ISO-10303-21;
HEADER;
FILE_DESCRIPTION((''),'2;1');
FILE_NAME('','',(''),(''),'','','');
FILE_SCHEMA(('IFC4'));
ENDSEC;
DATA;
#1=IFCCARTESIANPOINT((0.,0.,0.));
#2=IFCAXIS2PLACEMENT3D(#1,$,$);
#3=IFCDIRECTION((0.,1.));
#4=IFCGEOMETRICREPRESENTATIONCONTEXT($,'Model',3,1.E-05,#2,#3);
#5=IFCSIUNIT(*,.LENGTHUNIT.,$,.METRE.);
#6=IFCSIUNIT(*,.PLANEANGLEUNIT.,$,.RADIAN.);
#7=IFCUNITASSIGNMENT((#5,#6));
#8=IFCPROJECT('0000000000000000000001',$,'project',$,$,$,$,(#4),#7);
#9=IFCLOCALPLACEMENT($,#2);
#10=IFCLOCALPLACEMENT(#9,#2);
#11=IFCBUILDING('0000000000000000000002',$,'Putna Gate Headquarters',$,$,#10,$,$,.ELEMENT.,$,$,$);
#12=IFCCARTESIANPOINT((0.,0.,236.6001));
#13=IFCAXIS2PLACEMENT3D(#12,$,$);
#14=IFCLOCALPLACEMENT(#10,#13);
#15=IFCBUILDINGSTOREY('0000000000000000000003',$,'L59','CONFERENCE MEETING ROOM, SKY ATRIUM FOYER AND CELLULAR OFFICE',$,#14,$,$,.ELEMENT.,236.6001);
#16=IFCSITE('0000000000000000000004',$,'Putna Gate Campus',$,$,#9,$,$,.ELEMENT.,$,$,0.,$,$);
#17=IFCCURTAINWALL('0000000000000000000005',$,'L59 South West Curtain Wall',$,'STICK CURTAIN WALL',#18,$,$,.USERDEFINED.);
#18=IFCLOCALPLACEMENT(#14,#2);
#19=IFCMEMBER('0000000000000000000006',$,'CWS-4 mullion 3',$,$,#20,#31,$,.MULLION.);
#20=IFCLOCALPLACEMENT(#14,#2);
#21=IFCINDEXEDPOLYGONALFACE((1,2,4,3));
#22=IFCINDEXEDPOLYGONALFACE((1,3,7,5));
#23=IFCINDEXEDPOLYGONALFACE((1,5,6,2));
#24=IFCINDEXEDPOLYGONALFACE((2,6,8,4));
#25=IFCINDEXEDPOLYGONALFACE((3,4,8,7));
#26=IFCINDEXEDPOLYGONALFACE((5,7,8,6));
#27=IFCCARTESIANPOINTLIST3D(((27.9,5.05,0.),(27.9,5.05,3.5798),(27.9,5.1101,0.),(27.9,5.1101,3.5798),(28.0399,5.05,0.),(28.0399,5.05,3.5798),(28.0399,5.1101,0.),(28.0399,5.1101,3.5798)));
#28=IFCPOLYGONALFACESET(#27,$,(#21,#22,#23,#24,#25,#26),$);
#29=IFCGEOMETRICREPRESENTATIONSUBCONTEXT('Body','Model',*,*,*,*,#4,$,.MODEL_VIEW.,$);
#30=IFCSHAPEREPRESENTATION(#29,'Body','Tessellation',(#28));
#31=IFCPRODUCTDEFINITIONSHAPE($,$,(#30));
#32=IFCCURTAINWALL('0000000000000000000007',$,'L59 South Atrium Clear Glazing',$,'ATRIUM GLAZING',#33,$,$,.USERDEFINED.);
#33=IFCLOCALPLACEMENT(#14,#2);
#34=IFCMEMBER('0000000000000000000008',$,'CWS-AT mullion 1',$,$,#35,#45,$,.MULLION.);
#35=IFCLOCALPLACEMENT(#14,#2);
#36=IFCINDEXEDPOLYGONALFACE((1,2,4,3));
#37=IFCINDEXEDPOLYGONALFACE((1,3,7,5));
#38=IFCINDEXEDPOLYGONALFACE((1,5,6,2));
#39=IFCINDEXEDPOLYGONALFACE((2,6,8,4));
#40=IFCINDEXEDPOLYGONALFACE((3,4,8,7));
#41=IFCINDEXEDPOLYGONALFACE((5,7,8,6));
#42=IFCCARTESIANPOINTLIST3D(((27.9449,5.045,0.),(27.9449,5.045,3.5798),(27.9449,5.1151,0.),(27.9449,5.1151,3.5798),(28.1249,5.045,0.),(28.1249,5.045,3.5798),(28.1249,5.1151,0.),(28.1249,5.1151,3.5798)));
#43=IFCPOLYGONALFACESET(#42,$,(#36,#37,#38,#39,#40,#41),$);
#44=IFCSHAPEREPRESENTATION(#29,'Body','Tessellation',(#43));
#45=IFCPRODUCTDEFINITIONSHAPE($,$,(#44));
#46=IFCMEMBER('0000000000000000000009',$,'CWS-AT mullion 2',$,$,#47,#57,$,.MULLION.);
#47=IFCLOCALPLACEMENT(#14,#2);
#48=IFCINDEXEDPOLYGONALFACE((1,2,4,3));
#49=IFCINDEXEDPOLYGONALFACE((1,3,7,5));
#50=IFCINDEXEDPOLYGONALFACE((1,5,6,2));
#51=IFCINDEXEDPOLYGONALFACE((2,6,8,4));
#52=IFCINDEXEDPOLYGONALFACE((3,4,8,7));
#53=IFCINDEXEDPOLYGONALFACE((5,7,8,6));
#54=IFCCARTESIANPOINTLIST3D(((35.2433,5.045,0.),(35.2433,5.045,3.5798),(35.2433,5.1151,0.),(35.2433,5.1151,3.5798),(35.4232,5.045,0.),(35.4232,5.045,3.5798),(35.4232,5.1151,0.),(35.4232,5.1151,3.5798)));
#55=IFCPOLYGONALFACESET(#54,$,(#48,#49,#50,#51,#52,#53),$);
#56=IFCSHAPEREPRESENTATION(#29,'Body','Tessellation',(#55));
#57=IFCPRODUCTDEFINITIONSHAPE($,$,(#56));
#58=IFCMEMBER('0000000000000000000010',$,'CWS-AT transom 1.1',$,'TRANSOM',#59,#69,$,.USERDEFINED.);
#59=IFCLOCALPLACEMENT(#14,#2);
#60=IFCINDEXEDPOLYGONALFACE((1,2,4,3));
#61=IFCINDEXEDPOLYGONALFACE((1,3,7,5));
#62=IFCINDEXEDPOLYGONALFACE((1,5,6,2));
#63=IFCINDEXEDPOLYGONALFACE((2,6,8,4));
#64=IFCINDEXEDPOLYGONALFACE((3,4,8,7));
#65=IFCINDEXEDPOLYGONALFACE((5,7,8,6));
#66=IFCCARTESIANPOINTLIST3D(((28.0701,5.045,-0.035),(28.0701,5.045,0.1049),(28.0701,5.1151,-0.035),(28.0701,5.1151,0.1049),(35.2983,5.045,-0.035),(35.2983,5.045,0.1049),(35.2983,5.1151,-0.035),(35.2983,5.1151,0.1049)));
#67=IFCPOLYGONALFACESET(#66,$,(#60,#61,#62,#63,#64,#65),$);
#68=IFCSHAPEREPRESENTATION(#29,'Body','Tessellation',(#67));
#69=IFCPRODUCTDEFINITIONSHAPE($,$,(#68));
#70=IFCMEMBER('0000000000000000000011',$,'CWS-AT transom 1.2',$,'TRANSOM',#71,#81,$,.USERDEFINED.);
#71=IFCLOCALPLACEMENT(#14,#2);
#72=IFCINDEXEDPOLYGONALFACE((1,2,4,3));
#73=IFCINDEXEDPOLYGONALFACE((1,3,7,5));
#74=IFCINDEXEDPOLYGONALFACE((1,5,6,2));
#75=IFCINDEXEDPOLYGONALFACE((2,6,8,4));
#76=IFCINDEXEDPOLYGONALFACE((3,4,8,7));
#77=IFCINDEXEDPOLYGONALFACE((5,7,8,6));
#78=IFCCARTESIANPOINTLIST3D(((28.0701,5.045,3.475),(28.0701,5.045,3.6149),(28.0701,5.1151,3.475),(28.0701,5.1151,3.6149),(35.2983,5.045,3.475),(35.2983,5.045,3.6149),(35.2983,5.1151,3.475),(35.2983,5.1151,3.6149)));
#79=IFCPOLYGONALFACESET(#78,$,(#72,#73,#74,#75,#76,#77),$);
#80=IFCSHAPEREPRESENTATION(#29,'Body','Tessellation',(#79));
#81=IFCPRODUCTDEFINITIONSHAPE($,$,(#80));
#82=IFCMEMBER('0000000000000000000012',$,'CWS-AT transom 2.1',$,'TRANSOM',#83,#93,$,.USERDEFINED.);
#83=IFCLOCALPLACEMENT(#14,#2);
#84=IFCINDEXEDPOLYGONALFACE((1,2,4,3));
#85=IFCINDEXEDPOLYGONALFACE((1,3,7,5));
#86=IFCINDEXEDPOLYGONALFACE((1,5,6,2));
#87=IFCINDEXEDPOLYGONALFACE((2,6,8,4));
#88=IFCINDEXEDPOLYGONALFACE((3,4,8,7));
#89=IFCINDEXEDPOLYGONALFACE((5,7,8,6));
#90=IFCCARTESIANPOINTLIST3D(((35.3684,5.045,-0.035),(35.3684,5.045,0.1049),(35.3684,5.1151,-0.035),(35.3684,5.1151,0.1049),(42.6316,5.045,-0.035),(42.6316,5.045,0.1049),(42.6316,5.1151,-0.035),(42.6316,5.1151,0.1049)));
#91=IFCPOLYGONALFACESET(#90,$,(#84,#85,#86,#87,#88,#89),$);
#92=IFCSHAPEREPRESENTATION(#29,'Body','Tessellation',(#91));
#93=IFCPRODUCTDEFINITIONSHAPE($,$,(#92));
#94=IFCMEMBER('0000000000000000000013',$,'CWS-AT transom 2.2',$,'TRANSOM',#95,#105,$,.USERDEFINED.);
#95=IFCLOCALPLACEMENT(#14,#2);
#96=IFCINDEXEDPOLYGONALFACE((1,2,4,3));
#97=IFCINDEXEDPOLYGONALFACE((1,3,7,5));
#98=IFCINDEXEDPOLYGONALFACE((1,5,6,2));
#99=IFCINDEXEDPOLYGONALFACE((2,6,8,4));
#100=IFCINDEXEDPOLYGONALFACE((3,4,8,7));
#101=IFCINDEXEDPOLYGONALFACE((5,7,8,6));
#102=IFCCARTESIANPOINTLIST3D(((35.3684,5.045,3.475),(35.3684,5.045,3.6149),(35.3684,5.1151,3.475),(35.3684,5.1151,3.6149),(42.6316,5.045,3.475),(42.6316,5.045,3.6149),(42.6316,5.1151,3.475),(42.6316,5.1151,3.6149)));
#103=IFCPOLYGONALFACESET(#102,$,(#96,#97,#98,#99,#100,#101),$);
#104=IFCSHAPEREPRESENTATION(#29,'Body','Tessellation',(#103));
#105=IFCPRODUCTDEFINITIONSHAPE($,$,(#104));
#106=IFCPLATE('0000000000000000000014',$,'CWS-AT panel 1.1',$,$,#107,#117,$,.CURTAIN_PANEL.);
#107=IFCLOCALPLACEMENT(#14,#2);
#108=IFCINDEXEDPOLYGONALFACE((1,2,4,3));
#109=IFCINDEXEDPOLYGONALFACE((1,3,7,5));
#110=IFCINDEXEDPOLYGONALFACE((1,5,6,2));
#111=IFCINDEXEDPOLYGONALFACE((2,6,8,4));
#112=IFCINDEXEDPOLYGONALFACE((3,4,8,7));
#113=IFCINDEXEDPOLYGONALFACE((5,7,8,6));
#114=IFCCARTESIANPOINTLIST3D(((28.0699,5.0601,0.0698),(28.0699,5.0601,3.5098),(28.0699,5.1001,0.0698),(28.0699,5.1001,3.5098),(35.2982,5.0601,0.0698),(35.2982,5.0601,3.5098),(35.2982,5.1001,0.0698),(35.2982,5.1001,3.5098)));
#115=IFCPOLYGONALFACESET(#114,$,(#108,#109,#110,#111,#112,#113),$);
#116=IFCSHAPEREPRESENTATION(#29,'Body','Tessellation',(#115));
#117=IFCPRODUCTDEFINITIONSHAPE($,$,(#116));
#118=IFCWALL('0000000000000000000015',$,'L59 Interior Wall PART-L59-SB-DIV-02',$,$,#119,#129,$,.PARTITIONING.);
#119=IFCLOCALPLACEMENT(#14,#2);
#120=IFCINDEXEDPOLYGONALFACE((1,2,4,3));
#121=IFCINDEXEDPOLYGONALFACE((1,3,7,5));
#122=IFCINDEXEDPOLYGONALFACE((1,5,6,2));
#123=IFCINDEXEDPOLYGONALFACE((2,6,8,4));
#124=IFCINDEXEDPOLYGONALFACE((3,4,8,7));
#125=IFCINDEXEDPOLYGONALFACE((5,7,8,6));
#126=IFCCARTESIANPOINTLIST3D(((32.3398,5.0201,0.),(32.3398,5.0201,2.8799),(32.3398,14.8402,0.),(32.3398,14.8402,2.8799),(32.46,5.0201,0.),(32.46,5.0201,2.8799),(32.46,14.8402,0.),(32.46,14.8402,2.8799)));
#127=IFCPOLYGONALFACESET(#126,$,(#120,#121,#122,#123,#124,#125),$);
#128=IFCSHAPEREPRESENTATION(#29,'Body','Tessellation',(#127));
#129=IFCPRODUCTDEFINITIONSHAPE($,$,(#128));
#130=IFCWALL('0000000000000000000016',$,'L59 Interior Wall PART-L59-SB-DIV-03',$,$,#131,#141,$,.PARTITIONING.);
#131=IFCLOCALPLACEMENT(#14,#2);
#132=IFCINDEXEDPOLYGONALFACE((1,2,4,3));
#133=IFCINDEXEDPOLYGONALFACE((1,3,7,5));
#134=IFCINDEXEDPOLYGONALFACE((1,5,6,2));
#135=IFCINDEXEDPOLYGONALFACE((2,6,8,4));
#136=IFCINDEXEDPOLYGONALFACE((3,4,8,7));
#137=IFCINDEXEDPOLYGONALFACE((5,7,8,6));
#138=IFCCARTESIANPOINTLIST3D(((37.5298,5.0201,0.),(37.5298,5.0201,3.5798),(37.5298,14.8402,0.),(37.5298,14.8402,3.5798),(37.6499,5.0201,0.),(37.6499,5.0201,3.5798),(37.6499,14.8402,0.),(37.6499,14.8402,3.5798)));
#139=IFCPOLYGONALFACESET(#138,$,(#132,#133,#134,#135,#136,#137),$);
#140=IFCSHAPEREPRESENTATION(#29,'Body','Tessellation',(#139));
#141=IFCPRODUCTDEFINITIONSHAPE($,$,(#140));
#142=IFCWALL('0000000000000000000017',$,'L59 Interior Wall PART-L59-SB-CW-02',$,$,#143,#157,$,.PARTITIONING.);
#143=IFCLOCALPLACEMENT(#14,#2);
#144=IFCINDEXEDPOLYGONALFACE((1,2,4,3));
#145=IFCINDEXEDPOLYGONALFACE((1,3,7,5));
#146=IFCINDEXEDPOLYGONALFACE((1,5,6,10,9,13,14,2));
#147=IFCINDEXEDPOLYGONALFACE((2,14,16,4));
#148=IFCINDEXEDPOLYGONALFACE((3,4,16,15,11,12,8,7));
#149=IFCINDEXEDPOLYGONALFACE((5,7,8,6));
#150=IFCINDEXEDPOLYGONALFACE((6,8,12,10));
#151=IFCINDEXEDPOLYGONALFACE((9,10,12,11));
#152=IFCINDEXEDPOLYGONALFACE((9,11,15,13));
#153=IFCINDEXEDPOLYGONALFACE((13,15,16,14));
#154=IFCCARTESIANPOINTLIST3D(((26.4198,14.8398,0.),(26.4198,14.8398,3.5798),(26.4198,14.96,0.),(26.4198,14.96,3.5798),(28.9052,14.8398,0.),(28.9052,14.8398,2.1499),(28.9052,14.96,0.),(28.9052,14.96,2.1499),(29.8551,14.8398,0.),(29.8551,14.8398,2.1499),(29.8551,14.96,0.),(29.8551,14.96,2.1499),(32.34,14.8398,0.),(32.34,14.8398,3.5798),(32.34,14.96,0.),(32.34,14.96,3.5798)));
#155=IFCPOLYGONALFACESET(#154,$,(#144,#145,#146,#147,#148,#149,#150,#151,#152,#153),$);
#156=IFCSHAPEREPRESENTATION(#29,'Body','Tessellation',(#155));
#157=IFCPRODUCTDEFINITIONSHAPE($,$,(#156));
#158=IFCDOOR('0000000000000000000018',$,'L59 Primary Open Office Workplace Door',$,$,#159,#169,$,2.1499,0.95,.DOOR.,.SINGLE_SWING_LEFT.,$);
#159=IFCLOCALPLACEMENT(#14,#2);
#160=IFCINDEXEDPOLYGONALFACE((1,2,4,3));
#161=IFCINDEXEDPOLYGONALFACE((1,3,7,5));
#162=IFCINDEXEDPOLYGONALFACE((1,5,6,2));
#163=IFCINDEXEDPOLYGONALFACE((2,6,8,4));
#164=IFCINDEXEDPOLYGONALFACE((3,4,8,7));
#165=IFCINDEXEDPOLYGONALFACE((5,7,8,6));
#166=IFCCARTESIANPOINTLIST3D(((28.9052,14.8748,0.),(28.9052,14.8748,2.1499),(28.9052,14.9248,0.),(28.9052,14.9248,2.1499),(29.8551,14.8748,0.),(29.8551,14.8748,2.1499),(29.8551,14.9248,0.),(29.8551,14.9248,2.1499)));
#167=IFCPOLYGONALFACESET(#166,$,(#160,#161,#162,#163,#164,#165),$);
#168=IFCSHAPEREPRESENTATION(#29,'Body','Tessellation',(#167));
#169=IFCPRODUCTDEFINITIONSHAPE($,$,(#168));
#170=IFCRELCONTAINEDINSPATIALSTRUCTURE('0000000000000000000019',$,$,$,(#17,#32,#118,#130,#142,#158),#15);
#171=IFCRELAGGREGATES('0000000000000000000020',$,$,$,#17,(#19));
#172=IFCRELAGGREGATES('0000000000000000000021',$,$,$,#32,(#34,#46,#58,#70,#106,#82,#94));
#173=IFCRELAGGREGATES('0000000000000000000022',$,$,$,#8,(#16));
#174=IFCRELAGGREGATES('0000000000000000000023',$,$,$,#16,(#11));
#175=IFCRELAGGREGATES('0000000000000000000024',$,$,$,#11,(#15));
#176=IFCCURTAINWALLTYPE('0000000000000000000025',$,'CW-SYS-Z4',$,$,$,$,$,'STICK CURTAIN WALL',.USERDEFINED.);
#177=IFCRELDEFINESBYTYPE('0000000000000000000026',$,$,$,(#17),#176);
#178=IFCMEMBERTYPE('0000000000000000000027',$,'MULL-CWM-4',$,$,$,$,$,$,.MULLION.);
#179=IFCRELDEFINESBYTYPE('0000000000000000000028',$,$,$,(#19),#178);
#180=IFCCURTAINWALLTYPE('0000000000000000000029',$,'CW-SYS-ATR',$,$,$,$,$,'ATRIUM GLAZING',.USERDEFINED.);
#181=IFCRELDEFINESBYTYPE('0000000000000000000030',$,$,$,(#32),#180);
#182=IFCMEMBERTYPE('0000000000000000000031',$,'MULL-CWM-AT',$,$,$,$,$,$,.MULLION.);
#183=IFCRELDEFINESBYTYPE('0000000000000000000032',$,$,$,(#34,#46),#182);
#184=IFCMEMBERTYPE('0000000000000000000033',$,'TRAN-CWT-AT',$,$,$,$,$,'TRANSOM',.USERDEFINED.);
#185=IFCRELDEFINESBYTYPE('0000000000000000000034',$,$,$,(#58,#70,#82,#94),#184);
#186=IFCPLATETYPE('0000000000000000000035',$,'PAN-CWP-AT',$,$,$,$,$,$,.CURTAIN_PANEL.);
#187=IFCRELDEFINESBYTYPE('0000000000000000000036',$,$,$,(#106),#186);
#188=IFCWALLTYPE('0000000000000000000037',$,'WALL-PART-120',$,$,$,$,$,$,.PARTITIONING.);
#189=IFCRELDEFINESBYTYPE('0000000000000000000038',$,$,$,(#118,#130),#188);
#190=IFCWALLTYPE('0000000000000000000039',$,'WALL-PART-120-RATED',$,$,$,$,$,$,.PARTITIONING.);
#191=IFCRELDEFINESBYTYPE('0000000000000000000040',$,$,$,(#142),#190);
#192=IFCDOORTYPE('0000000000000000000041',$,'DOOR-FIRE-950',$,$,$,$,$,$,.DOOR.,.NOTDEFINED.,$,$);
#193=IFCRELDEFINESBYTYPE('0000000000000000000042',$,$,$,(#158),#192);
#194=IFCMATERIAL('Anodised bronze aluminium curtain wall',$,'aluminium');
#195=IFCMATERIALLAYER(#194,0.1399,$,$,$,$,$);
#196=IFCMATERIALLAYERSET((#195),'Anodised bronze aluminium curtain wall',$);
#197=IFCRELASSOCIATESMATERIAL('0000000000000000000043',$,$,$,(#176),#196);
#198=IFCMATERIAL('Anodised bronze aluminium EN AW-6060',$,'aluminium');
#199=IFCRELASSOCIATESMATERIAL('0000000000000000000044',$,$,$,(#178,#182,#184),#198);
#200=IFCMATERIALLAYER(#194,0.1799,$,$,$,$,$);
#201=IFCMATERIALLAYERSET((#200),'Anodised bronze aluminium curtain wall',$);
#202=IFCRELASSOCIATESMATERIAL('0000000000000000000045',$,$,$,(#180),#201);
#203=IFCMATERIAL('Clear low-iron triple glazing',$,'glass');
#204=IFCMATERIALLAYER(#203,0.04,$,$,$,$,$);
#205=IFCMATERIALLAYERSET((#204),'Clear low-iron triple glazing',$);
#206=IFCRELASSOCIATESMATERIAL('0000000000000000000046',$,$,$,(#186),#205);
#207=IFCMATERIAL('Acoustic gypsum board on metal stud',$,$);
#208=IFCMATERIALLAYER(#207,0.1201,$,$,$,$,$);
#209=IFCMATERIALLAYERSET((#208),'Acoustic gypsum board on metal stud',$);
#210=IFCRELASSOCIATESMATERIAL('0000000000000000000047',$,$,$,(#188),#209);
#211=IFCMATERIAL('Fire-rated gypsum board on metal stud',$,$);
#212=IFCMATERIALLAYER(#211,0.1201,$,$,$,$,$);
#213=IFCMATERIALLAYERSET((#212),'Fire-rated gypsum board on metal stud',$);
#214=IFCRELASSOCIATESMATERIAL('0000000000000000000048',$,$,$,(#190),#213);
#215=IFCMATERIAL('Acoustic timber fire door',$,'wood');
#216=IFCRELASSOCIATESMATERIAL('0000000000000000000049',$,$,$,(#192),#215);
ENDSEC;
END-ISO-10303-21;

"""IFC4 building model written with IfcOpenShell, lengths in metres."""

from ifc_helpers import new_model, si_unit, direction, frame, frame_2d, origin, origin_2d, place, context, subcontext, project, spatial, rectangle, extrude, material, layer, layer_set, material_profile, profile_set, type_object, element, fill, aggregate, save


model = new_model("IFC4")

# Units and contexts
model_context = context("Model", 3, precision=1e-05, world=origin(), true_north=direction((0.0, 1.0)))
body_context = subcontext(model_context, "Body", "Model", "MODEL_VIEW")
ifc_project = project(units=[si_unit("LENGTHUNIT", "METRE"), si_unit("PLANEANGLEUNIT", "RADIAN")], contexts=[model_context])

# Site, building, storey
site_placement = place(None, origin())
site = spatial("IfcSite", under=ifc_project, at=site_placement, Name="Putna Gate Campus", CompositionType="ELEMENT", RefElevation=0.0)
building_placement = place(site_placement, origin())
building = spatial("IfcBuilding", under=site, at=building_placement, Name="Putna Gate Headquarters", CompositionType="ELEMENT")
storey_placement = place(building_placement, frame((0.0, 0.0, 236.6001)))
storey = spatial("IfcBuildingStorey", under=building, at=storey_placement, Name="L59", Description="CONFERENCE MEETING ROOM, SKY ATRIUM FOYER AND CELLULAR OFFICE", CompositionType="ELEMENT", Elevation=236.6001)

# Curtain wall, member
ifc_material_1 = material(Name="Anodised bronze aluminium curtain wall", Category="aluminium")
ifc_layer_1 = layer(ifc_material_1, 0.1399)
ifc_layer_set_1 = layer_set([ifc_layer_1], Name="Anodised bronze aluminium curtain wall")
curtain_wall_type_1 = type_object("IfcCurtainWallType", Name="CW-SYS-Z4", ElementType="STICK CURTAIN WALL", PredefinedType="USERDEFINED", material=ifc_layer_set_1)
curtain_wall_1_placement = place(storey_placement, origin())
curtain_wall_1 = element("IfcCurtainWall", 1, at=curtain_wall_1_placement, inside=storey, type_object=curtain_wall_type_1, Name="L59 South West Curtain Wall", ObjectType="STICK CURTAIN WALL", PredefinedType="USERDEFINED")
ifc_material_2 = material(Name="Anodised bronze aluminium EN AW-6060", Category="aluminium")
ifc_material_profile_1 = material_profile(ifc_material_2, rectangle(XDim=0.0601, YDim=0.1399, at=origin_2d()), Name="Anodised bronze aluminium EN AW-6060")
ifc_profile_set_1 = profile_set([ifc_material_profile_1], Name="Anodised bronze aluminium EN AW-6060")
member_type_1 = type_object("IfcMemberType", Name="MULL-CWM-4", PredefinedType="MULLION", material=ifc_profile_set_1)
member_1_placement = place(storey_placement, frame((27.97, 5.0801, 0.0), z_axis=(0.0, 0.0, 1.0), x_axis=(0.0, 1.0, 0.0)))
member_1 = element("IfcMember", 2, at=member_1_placement, type_object=member_type_1, Name="CWS-4 mullion 3", PredefinedType="MULLION", context=body_context, shape_type="SweptSolid", body=[
    extrude(rectangle(XDim=0.0601, YDim=0.1399, at=origin_2d()), origin(), (0.0, 0.0, 1.0), 3.5798),
])
aggregate(curtain_wall_1, [member_1])

# Curtain wall, members, plate
ifc_layer_2 = layer(ifc_material_1, 0.1799)
ifc_layer_set_2 = layer_set([ifc_layer_2], Name="Anodised bronze aluminium curtain wall")
curtain_wall_type_2 = type_object("IfcCurtainWallType", Name="CW-SYS-ATR", ElementType="ATRIUM GLAZING", PredefinedType="USERDEFINED", material=ifc_layer_set_2)
curtain_wall_2_placement = place(storey_placement, origin())
curtain_wall_2 = element("IfcCurtainWall", 3, at=curtain_wall_2_placement, inside=storey, type_object=curtain_wall_type_2, Name="L59 South Atrium Clear Glazing", ObjectType="ATRIUM GLAZING", PredefinedType="USERDEFINED")
ifc_material_profile_2 = material_profile(ifc_material_2, rectangle(XDim=0.0701, YDim=0.1799, at=origin_2d()), Name="Anodised bronze aluminium EN AW-6060")
ifc_profile_set_2 = profile_set([ifc_material_profile_2], Name="Anodised bronze aluminium EN AW-6060")
member_type_2 = type_object("IfcMemberType", Name="MULL-CWM-AT", PredefinedType="MULLION", material=ifc_profile_set_2)
member_2_placement = place(storey_placement, frame((28.0349, 5.0801, 0.0), z_axis=(0.0, 0.0, 1.0), x_axis=(0.0, 1.0, 0.0)))
member_2 = element("IfcMember", 4, at=member_2_placement, type_object=member_type_2, Name="CWS-AT mullion 1", PredefinedType="MULLION", context=body_context, shape_type="SweptSolid", body=[
    extrude(rectangle(XDim=0.0701, YDim=0.1799, at=origin_2d()), origin(), (0.0, 0.0, 1.0), 3.5798),
])
member_3_placement = place(storey_placement, frame((35.3333, 5.0801, 0.0), z_axis=(0.0, 0.0, 1.0), x_axis=(0.0, 1.0, 0.0)))
member_3 = element("IfcMember", 5, at=member_3_placement, type_object=member_type_2, Name="CWS-AT mullion 2", PredefinedType="MULLION", context=body_context, shape_type="SweptSolid", body=[
    extrude(rectangle(XDim=0.0701, YDim=0.1799, at=origin_2d()), origin(), (0.0, 0.0, 1.0), 3.5798),
])
ifc_material_profile_3 = material_profile(ifc_material_2, rectangle(XDim=0.0701, YDim=0.1399, at=origin_2d()), Name="Anodised bronze aluminium EN AW-6060")
ifc_profile_set_3 = profile_set([ifc_material_profile_3], Name="Anodised bronze aluminium EN AW-6060")
member_type_3 = type_object("IfcMemberType", Name="TRAN-CWT-AT", ElementType="TRANSOM", PredefinedType="USERDEFINED", material=ifc_profile_set_3)
member_4_placement = place(storey_placement, frame((28.0701, 5.0801, 0.0349), z_axis=(1.0, 0.0, 0.0), x_axis=(0.0, 1.0, 0.0)))
member_4 = element("IfcMember", 6, at=member_4_placement, type_object=member_type_3, Name="CWS-AT transom 1.1", ObjectType="TRANSOM", PredefinedType="USERDEFINED", context=body_context, shape_type="SweptSolid", body=[
    extrude(rectangle(XDim=0.0701, YDim=0.1399, at=origin_2d()), origin(), (0.0, 0.0, 1.0), 7.2283),
])
member_5_placement = place(storey_placement, frame((28.0701, 5.0801, 3.5449), z_axis=(1.0, 0.0, 0.0), x_axis=(0.0, 1.0, 0.0)))
member_5 = element("IfcMember", 7, at=member_5_placement, type_object=member_type_3, Name="CWS-AT transom 1.2", ObjectType="TRANSOM", PredefinedType="USERDEFINED", context=body_context, shape_type="SweptSolid", body=[
    extrude(rectangle(XDim=0.0701, YDim=0.1399, at=origin_2d()), origin(), (0.0, 0.0, 1.0), 7.2283),
])
member_6_placement = place(storey_placement, frame((35.3684, 5.0801, 0.0349), z_axis=(1.0, 0.0, 0.0), x_axis=(0.0, 1.0, 0.0)))
member_6 = element("IfcMember", 8, at=member_6_placement, type_object=member_type_3, Name="CWS-AT transom 2.1", ObjectType="TRANSOM", PredefinedType="USERDEFINED", context=body_context, shape_type="SweptSolid", body=[
    extrude(rectangle(XDim=0.0701, YDim=0.1399, at=origin_2d()), origin(), (0.0, 0.0, 1.0), 7.2632),
])
member_7_placement = place(storey_placement, frame((35.3684, 5.0801, 3.5449), z_axis=(1.0, 0.0, 0.0), x_axis=(0.0, 1.0, 0.0)))
member_7 = element("IfcMember", 9, at=member_7_placement, type_object=member_type_3, Name="CWS-AT transom 2.2", ObjectType="TRANSOM", PredefinedType="USERDEFINED", context=body_context, shape_type="SweptSolid", body=[
    extrude(rectangle(XDim=0.0701, YDim=0.1399, at=origin_2d()), origin(), (0.0, 0.0, 1.0), 7.2632),
])
ifc_material_3 = material(Name="Clear low-iron triple glazing", Category="glass")
ifc_layer_3 = layer(ifc_material_3, 0.04)
ifc_layer_set_3 = layer_set([ifc_layer_3], Name="Clear low-iron triple glazing")
plate_type = type_object("IfcPlateType", Name="PAN-CWP-AT", PredefinedType="CURTAIN_PANEL", material=ifc_layer_set_3)
plate_placement = place(storey_placement, frame((31.6841, 5.0801, 0.0698), z_axis=(0.0, 0.0, 1.0), x_axis=(1.0, 0.0, 0.0)))
plate = element("IfcPlate", 10, at=plate_placement, type_object=plate_type, Name="CWS-AT panel 1.1", PredefinedType="CURTAIN_PANEL", context=body_context, shape_type="SweptSolid", body=[
    extrude(rectangle(XDim=7.2283, YDim=0.04, at=origin_2d()), origin(), (0.0, 0.0, 1.0), 3.4399),
])
aggregate(curtain_wall_2, [member_2, member_3, member_4, member_5, plate, member_6, member_7])

# Walls
ifc_material_4 = material(Name="Acoustic gypsum board on metal stud")
ifc_layer_4 = layer(ifc_material_4, 0.1201)
ifc_layer_set_4 = layer_set([ifc_layer_4], Name="Acoustic gypsum board on metal stud")
wall_type_1 = type_object("IfcWallType", Name="WALL-PART-120", PredefinedType="PARTITIONING", material=ifc_layer_set_4)
wall_1_placement = place(storey_placement, frame((32.3999, 5.02, 0.0), z_axis=(0.0, 0.0, 1.0), x_axis=(0.0, 1.0, 0.0)))
element("IfcWall", 11, at=wall_1_placement, inside=storey, type_object=wall_type_1, Name="L59 Interior Wall PART-L59-SB-DIV-02", PredefinedType="PARTITIONING", context=body_context, shape_type="SweptSolid", body=[
    extrude(rectangle(XDim=9.8201, YDim=0.1201, at=frame_2d((4.9102, 0.0))), origin(), (0.0, 0.0, 1.0), 2.8799),
])
wall_2_placement = place(storey_placement, frame((37.5898, 5.02, 0.0), z_axis=(0.0, 0.0, 1.0), x_axis=(0.0, 1.0, 0.0)))
element("IfcWall", 12, at=wall_2_placement, inside=storey, type_object=wall_type_1, Name="L59 Interior Wall PART-L59-SB-DIV-03", PredefinedType="PARTITIONING", context=body_context, shape_type="SweptSolid", body=[
    extrude(rectangle(XDim=9.8201, YDim=0.1201, at=frame_2d((4.9102, 0.0))), origin(), (0.0, 0.0, 1.0), 3.5798),
])

# Wall, opening, door
ifc_material_5 = material(Name="Fire-rated gypsum board on metal stud")
ifc_layer_5 = layer(ifc_material_5, 0.1201)
ifc_layer_set_5 = layer_set([ifc_layer_5], Name="Fire-rated gypsum board on metal stud")
wall_type_2 = type_object("IfcWallType", Name="WALL-PART-120-RATED", PredefinedType="PARTITIONING", material=ifc_layer_set_5)
wall_3_placement = place(storey_placement, frame((26.4199, 14.8999, 0.0), z_axis=(0.0, 0.0, 1.0), x_axis=(1.0, 0.0, 0.0)))
wall_3 = element("IfcWall", 13, at=wall_3_placement, inside=storey, type_object=wall_type_2, Name="L59 Interior Wall PART-L59-SB-CW-02", PredefinedType="PARTITIONING", context=body_context, shape_type="SweptSolid", body=[
    extrude(rectangle(XDim=5.9202, YDim=0.1201, at=frame_2d((2.96, 0.0))), origin(), (0.0, 0.0, 1.0), 3.5798),
])
opening_1_placement = place(wall_3_placement, frame((2.4851, 0.0, 0.0)))
opening_1 = element("IfcOpeningElement", 14, at=opening_1_placement, cuts=wall_3, PredefinedType="OPENING", context=body_context, shape_type="SweptSolid", body=[
    extrude(rectangle(XDim=0.95, YDim=2.1499, at=frame_2d((0.4751, 1.075))), frame((0.0, 0.0701, 0.0), z_axis=(0.0, -1.0, 0.0), x_axis=(1.0, 0.0, 0.0)), (0.0, 0.0, 1.0), 0.1401),
])
ifc_material_6 = material(Name="Acoustic timber fire door", Category="wood")
door_type = type_object("IfcDoorType", Name="DOOR-FIRE-950", OperationType="NOTDEFINED", PredefinedType="DOOR", material=ifc_material_6)
door_1_placement = place(opening_1_placement, origin())
door_1 = element("IfcDoor", 15, at=door_1_placement, inside=storey, type_object=door_type, Name="L59 Primary Open Office Workplace Door", OperationType="SINGLE_SWING_LEFT", OverallHeight=2.1499, OverallWidth=0.95, PredefinedType="DOOR", context=body_context, shape_type="SweptSolid", body=[
    extrude(rectangle(XDim=0.95, YDim=2.1499, at=frame_2d((0.4751, 1.075))), frame((0.0, 0.0249, 0.0), z_axis=(0.0, -1.0, 0.0), x_axis=(1.0, 0.0, 0.0)), (0.0, 0.0, 1.0), 0.05),
])
fill(opening_1, door_1)

save(model, "model.ifc")
